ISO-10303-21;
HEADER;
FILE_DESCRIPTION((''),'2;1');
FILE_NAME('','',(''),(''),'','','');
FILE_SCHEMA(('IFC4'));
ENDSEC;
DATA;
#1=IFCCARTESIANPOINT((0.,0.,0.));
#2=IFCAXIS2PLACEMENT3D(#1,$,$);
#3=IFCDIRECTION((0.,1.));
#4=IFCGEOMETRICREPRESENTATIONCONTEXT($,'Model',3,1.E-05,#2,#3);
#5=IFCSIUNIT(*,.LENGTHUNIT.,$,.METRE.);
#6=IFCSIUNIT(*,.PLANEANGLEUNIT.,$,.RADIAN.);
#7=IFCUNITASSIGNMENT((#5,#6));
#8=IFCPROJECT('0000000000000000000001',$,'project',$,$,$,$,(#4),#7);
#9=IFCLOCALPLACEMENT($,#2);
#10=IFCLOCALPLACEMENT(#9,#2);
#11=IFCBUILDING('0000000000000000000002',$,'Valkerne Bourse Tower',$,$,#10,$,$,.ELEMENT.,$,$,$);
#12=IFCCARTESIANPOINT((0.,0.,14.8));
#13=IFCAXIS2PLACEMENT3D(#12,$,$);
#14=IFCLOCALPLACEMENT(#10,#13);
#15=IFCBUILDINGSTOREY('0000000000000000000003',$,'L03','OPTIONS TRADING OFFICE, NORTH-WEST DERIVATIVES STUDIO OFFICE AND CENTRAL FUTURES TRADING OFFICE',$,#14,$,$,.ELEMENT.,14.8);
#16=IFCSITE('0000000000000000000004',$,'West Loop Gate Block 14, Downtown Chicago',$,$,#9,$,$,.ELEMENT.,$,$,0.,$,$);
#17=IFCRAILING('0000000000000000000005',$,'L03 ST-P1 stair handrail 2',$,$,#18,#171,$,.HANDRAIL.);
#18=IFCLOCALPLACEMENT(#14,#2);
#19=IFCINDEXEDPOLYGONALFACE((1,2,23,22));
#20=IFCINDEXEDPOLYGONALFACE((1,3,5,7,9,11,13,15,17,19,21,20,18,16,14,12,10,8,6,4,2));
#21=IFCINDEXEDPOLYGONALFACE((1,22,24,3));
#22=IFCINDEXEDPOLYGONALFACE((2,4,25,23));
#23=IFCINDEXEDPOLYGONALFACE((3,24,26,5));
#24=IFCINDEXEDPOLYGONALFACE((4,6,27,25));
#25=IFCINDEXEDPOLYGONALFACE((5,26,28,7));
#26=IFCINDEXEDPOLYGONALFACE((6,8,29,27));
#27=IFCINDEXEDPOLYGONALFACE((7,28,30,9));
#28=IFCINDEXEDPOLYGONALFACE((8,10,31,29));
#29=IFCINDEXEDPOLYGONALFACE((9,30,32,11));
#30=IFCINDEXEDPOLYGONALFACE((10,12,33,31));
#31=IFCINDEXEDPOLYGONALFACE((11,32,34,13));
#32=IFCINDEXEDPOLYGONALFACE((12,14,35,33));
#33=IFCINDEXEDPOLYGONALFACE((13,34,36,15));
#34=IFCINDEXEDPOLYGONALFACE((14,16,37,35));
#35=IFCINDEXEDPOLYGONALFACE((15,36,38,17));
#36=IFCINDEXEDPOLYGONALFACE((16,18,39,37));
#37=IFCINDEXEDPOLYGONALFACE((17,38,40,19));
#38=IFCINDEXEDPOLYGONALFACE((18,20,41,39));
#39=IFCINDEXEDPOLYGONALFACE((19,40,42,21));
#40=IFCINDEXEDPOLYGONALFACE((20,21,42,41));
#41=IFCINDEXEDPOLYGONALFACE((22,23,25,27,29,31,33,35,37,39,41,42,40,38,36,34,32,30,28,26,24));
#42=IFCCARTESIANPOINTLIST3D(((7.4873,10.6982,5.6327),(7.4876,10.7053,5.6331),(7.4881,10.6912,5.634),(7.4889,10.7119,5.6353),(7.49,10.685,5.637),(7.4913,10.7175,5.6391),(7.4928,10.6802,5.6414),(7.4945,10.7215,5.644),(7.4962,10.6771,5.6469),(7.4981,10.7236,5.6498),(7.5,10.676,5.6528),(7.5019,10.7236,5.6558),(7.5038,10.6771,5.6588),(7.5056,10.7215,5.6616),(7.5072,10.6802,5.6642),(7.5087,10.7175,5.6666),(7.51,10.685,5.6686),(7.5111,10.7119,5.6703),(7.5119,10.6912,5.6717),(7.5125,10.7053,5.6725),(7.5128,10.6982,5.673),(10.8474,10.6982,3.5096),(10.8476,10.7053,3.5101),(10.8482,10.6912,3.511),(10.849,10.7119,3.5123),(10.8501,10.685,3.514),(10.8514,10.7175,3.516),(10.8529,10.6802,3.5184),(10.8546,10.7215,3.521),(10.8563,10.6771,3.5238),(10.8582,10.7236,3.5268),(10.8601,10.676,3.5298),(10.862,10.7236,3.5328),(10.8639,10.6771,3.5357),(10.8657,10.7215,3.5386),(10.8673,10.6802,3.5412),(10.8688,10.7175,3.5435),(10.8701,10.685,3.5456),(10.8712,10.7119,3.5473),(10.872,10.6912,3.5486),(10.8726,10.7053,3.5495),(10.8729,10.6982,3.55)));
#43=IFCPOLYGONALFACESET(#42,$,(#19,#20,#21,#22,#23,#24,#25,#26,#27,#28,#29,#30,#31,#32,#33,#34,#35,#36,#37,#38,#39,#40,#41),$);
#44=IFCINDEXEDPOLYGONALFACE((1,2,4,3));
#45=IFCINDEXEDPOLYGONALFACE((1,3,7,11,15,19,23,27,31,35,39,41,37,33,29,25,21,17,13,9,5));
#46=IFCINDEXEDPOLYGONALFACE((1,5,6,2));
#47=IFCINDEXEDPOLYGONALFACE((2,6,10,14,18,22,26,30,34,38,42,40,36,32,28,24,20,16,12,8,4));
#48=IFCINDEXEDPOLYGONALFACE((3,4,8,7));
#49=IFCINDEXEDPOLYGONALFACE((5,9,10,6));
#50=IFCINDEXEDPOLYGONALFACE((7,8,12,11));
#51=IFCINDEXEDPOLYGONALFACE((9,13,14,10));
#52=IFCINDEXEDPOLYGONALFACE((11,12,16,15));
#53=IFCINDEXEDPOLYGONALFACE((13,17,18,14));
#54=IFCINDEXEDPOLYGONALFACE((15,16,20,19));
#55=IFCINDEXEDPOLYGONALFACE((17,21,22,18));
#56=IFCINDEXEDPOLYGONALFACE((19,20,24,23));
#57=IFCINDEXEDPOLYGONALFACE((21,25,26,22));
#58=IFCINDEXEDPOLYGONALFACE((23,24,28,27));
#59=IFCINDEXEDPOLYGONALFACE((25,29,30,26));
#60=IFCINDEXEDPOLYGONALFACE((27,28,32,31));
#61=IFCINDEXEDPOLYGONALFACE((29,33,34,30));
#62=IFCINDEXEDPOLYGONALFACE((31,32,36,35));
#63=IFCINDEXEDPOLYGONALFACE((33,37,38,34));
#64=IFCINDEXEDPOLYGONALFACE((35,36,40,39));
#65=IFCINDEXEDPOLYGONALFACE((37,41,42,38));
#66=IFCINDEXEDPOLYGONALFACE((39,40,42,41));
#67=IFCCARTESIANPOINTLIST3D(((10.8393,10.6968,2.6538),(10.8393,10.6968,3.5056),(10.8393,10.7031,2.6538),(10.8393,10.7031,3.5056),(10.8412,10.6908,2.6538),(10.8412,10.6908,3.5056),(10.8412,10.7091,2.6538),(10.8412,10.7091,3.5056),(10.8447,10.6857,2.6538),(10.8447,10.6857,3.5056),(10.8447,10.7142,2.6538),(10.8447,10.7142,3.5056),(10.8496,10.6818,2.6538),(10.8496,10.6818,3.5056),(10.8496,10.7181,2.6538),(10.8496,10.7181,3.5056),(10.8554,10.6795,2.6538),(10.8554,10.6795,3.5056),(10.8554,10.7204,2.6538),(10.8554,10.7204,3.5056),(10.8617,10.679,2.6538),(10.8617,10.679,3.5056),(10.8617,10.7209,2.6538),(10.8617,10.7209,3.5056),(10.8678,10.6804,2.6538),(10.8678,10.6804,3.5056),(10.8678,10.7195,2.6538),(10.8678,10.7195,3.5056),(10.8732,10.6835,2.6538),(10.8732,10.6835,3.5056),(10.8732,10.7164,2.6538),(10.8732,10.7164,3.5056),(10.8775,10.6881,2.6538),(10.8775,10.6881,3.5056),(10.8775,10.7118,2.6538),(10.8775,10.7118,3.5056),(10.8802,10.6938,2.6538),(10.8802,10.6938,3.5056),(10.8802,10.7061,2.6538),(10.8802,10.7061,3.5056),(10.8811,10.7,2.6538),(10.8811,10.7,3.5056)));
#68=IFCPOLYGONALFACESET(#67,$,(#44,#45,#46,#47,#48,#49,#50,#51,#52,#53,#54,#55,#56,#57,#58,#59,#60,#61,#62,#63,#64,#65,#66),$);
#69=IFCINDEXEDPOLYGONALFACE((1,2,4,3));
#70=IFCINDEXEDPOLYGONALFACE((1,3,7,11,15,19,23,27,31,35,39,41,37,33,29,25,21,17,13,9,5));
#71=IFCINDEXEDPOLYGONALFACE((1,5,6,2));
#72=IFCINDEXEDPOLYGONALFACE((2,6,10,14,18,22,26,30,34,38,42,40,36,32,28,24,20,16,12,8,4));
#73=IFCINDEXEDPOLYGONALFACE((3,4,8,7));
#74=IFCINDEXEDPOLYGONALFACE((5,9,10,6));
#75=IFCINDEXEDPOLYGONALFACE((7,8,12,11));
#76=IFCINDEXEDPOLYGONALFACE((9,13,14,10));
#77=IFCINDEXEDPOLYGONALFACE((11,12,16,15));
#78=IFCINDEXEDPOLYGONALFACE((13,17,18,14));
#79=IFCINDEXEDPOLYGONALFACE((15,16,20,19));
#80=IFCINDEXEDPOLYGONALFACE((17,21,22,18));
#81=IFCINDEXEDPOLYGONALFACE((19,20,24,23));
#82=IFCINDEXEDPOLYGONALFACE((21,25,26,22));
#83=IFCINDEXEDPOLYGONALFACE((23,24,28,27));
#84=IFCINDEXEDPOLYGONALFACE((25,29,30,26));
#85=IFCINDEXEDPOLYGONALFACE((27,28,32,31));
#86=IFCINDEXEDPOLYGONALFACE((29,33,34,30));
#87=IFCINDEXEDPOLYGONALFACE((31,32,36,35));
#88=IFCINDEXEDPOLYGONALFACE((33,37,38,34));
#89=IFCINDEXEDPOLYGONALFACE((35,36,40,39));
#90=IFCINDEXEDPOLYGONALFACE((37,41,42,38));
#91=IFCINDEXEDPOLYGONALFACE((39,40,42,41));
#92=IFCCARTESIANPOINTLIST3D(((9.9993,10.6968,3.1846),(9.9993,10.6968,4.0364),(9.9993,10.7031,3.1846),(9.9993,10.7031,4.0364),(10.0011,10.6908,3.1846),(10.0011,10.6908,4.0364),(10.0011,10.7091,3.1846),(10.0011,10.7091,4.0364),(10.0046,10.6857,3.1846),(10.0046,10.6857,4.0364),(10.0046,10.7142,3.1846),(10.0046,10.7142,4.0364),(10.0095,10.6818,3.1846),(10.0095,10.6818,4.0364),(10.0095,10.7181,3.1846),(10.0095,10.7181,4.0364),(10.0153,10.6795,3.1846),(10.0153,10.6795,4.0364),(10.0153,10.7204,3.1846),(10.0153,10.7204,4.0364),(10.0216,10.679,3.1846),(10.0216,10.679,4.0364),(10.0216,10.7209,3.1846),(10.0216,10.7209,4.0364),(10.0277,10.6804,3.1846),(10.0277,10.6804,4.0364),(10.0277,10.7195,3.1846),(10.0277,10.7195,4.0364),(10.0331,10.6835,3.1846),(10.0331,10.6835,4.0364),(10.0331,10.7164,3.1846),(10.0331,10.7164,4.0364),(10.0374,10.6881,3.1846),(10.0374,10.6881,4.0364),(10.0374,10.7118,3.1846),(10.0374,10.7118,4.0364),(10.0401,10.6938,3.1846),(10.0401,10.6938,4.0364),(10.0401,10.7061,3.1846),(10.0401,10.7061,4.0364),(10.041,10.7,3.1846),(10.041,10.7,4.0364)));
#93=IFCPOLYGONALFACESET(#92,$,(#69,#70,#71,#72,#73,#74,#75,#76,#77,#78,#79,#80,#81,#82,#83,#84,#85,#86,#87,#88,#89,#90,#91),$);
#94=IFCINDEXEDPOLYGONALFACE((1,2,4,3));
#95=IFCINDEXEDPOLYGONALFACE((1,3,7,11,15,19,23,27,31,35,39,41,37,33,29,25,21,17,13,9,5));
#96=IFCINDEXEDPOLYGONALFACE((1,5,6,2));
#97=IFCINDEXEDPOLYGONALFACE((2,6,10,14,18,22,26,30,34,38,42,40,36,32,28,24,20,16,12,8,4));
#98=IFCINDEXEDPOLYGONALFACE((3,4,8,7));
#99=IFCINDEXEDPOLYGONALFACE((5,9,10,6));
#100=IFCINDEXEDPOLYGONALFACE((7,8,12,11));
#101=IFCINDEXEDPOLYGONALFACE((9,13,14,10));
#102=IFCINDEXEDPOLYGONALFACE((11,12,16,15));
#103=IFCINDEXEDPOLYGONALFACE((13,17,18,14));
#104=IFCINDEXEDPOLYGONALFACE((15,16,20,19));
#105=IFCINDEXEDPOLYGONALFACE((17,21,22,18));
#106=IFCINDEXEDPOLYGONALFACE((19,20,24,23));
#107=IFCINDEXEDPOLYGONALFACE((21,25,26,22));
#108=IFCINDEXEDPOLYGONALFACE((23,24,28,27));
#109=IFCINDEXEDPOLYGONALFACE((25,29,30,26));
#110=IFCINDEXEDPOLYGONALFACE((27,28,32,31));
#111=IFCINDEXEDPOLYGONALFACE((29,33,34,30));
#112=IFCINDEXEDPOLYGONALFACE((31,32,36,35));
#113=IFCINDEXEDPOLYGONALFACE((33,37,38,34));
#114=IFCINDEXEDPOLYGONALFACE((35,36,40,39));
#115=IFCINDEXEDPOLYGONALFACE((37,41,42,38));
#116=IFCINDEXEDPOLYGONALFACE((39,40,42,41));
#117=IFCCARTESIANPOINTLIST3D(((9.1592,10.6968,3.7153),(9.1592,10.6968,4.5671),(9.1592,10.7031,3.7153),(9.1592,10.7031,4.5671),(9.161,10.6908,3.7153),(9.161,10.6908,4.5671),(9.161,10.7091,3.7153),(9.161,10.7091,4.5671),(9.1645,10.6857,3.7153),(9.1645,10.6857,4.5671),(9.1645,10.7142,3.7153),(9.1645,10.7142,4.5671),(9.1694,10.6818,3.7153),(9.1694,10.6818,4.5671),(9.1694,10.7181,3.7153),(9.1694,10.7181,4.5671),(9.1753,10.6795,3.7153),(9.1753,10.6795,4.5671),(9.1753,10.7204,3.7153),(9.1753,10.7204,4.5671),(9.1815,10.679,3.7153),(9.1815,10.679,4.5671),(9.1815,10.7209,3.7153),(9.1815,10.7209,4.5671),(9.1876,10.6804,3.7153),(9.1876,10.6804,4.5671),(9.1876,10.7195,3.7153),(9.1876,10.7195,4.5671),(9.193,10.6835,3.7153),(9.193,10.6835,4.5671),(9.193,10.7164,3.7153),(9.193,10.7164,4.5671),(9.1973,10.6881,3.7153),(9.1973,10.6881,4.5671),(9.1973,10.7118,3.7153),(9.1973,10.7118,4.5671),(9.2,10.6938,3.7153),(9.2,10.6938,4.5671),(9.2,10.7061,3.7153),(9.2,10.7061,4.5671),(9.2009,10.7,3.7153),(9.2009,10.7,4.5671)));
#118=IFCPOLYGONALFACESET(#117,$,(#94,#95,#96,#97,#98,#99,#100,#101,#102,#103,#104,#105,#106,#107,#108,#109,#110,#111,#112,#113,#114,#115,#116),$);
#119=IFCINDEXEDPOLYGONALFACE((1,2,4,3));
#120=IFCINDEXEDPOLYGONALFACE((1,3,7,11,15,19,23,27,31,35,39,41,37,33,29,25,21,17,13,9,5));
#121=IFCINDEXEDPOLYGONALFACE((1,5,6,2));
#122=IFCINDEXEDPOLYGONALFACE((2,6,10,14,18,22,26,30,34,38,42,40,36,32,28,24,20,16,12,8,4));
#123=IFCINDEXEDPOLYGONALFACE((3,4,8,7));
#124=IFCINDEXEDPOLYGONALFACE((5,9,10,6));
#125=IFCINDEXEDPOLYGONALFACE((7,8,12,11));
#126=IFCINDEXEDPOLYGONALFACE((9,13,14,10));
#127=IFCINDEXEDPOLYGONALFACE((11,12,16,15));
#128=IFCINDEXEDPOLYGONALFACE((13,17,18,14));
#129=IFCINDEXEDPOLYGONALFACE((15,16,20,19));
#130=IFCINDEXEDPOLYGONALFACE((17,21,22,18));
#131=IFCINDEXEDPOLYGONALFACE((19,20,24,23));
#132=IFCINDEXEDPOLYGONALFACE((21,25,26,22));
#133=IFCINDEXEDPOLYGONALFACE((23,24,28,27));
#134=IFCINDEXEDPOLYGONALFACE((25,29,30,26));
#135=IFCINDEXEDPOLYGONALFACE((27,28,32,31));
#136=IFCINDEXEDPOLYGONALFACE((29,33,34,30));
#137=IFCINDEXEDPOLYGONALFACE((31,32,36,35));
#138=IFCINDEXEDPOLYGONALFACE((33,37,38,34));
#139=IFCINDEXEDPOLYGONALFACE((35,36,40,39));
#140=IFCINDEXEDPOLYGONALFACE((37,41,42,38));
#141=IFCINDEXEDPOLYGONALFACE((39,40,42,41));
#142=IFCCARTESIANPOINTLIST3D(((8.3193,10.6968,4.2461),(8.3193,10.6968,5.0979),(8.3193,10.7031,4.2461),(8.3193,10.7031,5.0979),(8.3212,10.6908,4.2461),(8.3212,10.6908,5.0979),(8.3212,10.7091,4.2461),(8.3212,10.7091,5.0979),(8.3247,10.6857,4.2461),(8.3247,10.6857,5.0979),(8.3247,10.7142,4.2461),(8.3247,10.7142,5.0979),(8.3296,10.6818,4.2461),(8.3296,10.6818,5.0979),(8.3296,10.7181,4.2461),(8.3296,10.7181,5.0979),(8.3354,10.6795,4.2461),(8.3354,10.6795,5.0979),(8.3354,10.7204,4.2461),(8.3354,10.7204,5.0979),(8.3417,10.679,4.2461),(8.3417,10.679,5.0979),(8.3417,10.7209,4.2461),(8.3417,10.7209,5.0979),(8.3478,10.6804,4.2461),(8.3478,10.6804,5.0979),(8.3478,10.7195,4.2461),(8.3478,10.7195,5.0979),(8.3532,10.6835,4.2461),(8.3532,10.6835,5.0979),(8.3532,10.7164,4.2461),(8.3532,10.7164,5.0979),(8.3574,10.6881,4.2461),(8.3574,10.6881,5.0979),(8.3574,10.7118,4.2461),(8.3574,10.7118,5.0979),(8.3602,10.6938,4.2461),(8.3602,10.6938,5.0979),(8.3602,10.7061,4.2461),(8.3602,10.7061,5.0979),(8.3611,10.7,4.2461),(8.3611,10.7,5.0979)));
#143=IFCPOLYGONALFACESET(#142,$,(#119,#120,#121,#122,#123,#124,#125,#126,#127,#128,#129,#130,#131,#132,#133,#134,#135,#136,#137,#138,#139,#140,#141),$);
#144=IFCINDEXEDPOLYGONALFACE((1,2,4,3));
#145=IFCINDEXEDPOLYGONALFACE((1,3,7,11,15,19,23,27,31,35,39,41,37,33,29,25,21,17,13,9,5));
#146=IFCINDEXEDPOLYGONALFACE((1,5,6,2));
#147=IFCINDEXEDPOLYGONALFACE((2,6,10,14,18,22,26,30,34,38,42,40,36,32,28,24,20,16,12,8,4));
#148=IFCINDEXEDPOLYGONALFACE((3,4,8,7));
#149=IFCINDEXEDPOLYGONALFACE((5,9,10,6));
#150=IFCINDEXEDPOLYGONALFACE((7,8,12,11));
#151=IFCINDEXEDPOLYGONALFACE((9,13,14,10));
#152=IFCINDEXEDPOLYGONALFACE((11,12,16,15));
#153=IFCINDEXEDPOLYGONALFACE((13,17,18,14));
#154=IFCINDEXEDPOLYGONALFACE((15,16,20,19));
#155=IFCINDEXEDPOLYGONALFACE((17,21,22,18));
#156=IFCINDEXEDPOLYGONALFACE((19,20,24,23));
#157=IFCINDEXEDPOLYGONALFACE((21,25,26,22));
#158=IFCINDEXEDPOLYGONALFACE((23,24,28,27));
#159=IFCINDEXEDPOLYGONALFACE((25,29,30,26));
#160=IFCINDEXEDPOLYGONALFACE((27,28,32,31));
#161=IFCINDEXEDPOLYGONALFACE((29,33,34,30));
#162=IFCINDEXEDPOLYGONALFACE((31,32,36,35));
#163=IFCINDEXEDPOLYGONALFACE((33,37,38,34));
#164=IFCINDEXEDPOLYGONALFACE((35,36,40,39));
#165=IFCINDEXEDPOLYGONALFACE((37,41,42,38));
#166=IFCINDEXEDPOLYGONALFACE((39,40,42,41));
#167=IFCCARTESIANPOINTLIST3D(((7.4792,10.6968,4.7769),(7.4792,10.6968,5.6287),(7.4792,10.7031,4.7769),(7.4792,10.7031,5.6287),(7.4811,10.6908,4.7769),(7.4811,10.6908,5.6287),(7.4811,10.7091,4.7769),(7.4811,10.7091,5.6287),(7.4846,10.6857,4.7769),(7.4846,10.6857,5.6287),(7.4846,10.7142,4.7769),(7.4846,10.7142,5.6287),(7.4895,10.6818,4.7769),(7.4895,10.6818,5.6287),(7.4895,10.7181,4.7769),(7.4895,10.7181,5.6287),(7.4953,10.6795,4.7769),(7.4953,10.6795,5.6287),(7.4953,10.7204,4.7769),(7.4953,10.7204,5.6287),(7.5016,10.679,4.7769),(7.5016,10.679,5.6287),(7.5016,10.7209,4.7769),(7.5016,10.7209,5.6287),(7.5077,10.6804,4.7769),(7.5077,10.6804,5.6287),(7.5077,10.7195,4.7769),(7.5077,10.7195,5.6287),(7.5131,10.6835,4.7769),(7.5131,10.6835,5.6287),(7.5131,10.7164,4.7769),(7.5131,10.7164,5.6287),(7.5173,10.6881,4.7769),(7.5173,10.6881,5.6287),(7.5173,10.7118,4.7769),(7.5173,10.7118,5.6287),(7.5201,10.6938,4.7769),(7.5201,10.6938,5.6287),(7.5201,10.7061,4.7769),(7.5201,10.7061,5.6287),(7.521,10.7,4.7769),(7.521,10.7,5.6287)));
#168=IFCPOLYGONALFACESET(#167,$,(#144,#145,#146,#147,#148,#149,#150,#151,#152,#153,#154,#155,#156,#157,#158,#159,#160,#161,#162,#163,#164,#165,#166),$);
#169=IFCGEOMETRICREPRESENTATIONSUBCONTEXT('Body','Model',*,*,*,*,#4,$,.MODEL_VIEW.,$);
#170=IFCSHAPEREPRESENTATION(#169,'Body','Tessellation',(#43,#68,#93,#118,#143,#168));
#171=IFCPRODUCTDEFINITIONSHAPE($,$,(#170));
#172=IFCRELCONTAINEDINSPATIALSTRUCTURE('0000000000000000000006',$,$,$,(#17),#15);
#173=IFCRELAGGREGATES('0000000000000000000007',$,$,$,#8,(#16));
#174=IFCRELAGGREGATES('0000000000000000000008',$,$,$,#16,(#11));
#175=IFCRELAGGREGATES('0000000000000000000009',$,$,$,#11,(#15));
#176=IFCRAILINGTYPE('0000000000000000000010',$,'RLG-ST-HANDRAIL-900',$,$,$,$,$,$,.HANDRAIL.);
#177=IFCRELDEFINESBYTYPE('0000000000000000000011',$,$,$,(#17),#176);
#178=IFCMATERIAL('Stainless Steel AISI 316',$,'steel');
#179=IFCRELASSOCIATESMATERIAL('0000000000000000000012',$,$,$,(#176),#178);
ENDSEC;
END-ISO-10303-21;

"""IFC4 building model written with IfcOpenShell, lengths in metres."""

from ifc_helpers import new_model, si_unit, direction, frame, origin, origin_2d, place, context, subcontext, project, spatial, circle, extrude, material, type_object, element, save


model = new_model("IFC4")

# Units and contexts
model_context = context("Model", 3, precision=1e-05, world=origin(), true_north=direction((0.0, 1.0)))
body_context = subcontext(model_context, "Body", "Model", "MODEL_VIEW")
ifc_project = project(units=[si_unit("LENGTHUNIT", "METRE"), si_unit("PLANEANGLEUNIT", "RADIAN")], contexts=[model_context])

# Site, building, storey
site_placement = place(None, origin())
site = spatial("IfcSite", under=ifc_project, at=site_placement, Name="West Loop Gate Block 14, Downtown Chicago", CompositionType="ELEMENT", RefElevation=0.0)
building_placement = place(site_placement, origin())
building = spatial("IfcBuilding", under=site, at=building_placement, Name="Valkerne Bourse Tower", CompositionType="ELEMENT")
storey_placement = place(building_placement, frame((0.0, 0.0, 14.8)))
storey = spatial("IfcBuildingStorey", under=building, at=storey_placement, Name="L03", Description="OPTIONS TRADING OFFICE, NORTH-WEST DERIVATIVES STUDIO OFFICE AND CENTRAL FUTURES TRADING OFFICE", CompositionType="ELEMENT", Elevation=14.8)

# Railing
ifc_material_1 = material(Name="Stainless Steel AISI 316", Category="steel")
railing_type_1 = type_object("IfcRailingType", Name="RLG-ST-HANDRAIL-900", PredefinedType="HANDRAIL", material=ifc_material_1)
railing_1_placement = place(storey_placement, frame((10.8601, 10.7, 2.6538)))
element("IfcRailing", 1, at=railing_1_placement, inside=storey, type_object=railing_type_1, Name="L03 ST-P1 stair handrail 2", PredefinedType="HANDRAIL", context=body_context, shape_type="SweptSolid", body=[
    extrude(circle(Radius=0.0239, at=origin_2d()), frame((0.0, 0.0, 0.876), z_axis=(-0.84539, 0.0, 0.53415), x_axis=(0.0, -1.0, 0.0)), (0.0, 0.0, 1.0), 3.9746),
    extrude(circle(Radius=0.021, at=origin_2d()), origin(), (0.0, 0.0, 1.0), 0.8518),
    extrude(circle(Radius=0.021, at=origin_2d()), frame((-0.8401, 0.0, 0.5308)), (0.0, 0.0, 1.0), 0.8518),
    extrude(circle(Radius=0.021, at=origin_2d()), frame((-1.6802, 0.0, 1.0615)), (0.0, 0.0, 1.0), 0.8518),
    extrude(circle(Radius=0.021, at=origin_2d()), frame((-2.52, 0.0, 1.5923)), (0.0, 0.0, 1.0), 0.8518),
    extrude(circle(Radius=0.021, at=origin_2d()), frame((-3.3601, 0.0, 2.123)), (0.0, 0.0, 1.0), 0.8518),
])

save(model, "model.ifc")
